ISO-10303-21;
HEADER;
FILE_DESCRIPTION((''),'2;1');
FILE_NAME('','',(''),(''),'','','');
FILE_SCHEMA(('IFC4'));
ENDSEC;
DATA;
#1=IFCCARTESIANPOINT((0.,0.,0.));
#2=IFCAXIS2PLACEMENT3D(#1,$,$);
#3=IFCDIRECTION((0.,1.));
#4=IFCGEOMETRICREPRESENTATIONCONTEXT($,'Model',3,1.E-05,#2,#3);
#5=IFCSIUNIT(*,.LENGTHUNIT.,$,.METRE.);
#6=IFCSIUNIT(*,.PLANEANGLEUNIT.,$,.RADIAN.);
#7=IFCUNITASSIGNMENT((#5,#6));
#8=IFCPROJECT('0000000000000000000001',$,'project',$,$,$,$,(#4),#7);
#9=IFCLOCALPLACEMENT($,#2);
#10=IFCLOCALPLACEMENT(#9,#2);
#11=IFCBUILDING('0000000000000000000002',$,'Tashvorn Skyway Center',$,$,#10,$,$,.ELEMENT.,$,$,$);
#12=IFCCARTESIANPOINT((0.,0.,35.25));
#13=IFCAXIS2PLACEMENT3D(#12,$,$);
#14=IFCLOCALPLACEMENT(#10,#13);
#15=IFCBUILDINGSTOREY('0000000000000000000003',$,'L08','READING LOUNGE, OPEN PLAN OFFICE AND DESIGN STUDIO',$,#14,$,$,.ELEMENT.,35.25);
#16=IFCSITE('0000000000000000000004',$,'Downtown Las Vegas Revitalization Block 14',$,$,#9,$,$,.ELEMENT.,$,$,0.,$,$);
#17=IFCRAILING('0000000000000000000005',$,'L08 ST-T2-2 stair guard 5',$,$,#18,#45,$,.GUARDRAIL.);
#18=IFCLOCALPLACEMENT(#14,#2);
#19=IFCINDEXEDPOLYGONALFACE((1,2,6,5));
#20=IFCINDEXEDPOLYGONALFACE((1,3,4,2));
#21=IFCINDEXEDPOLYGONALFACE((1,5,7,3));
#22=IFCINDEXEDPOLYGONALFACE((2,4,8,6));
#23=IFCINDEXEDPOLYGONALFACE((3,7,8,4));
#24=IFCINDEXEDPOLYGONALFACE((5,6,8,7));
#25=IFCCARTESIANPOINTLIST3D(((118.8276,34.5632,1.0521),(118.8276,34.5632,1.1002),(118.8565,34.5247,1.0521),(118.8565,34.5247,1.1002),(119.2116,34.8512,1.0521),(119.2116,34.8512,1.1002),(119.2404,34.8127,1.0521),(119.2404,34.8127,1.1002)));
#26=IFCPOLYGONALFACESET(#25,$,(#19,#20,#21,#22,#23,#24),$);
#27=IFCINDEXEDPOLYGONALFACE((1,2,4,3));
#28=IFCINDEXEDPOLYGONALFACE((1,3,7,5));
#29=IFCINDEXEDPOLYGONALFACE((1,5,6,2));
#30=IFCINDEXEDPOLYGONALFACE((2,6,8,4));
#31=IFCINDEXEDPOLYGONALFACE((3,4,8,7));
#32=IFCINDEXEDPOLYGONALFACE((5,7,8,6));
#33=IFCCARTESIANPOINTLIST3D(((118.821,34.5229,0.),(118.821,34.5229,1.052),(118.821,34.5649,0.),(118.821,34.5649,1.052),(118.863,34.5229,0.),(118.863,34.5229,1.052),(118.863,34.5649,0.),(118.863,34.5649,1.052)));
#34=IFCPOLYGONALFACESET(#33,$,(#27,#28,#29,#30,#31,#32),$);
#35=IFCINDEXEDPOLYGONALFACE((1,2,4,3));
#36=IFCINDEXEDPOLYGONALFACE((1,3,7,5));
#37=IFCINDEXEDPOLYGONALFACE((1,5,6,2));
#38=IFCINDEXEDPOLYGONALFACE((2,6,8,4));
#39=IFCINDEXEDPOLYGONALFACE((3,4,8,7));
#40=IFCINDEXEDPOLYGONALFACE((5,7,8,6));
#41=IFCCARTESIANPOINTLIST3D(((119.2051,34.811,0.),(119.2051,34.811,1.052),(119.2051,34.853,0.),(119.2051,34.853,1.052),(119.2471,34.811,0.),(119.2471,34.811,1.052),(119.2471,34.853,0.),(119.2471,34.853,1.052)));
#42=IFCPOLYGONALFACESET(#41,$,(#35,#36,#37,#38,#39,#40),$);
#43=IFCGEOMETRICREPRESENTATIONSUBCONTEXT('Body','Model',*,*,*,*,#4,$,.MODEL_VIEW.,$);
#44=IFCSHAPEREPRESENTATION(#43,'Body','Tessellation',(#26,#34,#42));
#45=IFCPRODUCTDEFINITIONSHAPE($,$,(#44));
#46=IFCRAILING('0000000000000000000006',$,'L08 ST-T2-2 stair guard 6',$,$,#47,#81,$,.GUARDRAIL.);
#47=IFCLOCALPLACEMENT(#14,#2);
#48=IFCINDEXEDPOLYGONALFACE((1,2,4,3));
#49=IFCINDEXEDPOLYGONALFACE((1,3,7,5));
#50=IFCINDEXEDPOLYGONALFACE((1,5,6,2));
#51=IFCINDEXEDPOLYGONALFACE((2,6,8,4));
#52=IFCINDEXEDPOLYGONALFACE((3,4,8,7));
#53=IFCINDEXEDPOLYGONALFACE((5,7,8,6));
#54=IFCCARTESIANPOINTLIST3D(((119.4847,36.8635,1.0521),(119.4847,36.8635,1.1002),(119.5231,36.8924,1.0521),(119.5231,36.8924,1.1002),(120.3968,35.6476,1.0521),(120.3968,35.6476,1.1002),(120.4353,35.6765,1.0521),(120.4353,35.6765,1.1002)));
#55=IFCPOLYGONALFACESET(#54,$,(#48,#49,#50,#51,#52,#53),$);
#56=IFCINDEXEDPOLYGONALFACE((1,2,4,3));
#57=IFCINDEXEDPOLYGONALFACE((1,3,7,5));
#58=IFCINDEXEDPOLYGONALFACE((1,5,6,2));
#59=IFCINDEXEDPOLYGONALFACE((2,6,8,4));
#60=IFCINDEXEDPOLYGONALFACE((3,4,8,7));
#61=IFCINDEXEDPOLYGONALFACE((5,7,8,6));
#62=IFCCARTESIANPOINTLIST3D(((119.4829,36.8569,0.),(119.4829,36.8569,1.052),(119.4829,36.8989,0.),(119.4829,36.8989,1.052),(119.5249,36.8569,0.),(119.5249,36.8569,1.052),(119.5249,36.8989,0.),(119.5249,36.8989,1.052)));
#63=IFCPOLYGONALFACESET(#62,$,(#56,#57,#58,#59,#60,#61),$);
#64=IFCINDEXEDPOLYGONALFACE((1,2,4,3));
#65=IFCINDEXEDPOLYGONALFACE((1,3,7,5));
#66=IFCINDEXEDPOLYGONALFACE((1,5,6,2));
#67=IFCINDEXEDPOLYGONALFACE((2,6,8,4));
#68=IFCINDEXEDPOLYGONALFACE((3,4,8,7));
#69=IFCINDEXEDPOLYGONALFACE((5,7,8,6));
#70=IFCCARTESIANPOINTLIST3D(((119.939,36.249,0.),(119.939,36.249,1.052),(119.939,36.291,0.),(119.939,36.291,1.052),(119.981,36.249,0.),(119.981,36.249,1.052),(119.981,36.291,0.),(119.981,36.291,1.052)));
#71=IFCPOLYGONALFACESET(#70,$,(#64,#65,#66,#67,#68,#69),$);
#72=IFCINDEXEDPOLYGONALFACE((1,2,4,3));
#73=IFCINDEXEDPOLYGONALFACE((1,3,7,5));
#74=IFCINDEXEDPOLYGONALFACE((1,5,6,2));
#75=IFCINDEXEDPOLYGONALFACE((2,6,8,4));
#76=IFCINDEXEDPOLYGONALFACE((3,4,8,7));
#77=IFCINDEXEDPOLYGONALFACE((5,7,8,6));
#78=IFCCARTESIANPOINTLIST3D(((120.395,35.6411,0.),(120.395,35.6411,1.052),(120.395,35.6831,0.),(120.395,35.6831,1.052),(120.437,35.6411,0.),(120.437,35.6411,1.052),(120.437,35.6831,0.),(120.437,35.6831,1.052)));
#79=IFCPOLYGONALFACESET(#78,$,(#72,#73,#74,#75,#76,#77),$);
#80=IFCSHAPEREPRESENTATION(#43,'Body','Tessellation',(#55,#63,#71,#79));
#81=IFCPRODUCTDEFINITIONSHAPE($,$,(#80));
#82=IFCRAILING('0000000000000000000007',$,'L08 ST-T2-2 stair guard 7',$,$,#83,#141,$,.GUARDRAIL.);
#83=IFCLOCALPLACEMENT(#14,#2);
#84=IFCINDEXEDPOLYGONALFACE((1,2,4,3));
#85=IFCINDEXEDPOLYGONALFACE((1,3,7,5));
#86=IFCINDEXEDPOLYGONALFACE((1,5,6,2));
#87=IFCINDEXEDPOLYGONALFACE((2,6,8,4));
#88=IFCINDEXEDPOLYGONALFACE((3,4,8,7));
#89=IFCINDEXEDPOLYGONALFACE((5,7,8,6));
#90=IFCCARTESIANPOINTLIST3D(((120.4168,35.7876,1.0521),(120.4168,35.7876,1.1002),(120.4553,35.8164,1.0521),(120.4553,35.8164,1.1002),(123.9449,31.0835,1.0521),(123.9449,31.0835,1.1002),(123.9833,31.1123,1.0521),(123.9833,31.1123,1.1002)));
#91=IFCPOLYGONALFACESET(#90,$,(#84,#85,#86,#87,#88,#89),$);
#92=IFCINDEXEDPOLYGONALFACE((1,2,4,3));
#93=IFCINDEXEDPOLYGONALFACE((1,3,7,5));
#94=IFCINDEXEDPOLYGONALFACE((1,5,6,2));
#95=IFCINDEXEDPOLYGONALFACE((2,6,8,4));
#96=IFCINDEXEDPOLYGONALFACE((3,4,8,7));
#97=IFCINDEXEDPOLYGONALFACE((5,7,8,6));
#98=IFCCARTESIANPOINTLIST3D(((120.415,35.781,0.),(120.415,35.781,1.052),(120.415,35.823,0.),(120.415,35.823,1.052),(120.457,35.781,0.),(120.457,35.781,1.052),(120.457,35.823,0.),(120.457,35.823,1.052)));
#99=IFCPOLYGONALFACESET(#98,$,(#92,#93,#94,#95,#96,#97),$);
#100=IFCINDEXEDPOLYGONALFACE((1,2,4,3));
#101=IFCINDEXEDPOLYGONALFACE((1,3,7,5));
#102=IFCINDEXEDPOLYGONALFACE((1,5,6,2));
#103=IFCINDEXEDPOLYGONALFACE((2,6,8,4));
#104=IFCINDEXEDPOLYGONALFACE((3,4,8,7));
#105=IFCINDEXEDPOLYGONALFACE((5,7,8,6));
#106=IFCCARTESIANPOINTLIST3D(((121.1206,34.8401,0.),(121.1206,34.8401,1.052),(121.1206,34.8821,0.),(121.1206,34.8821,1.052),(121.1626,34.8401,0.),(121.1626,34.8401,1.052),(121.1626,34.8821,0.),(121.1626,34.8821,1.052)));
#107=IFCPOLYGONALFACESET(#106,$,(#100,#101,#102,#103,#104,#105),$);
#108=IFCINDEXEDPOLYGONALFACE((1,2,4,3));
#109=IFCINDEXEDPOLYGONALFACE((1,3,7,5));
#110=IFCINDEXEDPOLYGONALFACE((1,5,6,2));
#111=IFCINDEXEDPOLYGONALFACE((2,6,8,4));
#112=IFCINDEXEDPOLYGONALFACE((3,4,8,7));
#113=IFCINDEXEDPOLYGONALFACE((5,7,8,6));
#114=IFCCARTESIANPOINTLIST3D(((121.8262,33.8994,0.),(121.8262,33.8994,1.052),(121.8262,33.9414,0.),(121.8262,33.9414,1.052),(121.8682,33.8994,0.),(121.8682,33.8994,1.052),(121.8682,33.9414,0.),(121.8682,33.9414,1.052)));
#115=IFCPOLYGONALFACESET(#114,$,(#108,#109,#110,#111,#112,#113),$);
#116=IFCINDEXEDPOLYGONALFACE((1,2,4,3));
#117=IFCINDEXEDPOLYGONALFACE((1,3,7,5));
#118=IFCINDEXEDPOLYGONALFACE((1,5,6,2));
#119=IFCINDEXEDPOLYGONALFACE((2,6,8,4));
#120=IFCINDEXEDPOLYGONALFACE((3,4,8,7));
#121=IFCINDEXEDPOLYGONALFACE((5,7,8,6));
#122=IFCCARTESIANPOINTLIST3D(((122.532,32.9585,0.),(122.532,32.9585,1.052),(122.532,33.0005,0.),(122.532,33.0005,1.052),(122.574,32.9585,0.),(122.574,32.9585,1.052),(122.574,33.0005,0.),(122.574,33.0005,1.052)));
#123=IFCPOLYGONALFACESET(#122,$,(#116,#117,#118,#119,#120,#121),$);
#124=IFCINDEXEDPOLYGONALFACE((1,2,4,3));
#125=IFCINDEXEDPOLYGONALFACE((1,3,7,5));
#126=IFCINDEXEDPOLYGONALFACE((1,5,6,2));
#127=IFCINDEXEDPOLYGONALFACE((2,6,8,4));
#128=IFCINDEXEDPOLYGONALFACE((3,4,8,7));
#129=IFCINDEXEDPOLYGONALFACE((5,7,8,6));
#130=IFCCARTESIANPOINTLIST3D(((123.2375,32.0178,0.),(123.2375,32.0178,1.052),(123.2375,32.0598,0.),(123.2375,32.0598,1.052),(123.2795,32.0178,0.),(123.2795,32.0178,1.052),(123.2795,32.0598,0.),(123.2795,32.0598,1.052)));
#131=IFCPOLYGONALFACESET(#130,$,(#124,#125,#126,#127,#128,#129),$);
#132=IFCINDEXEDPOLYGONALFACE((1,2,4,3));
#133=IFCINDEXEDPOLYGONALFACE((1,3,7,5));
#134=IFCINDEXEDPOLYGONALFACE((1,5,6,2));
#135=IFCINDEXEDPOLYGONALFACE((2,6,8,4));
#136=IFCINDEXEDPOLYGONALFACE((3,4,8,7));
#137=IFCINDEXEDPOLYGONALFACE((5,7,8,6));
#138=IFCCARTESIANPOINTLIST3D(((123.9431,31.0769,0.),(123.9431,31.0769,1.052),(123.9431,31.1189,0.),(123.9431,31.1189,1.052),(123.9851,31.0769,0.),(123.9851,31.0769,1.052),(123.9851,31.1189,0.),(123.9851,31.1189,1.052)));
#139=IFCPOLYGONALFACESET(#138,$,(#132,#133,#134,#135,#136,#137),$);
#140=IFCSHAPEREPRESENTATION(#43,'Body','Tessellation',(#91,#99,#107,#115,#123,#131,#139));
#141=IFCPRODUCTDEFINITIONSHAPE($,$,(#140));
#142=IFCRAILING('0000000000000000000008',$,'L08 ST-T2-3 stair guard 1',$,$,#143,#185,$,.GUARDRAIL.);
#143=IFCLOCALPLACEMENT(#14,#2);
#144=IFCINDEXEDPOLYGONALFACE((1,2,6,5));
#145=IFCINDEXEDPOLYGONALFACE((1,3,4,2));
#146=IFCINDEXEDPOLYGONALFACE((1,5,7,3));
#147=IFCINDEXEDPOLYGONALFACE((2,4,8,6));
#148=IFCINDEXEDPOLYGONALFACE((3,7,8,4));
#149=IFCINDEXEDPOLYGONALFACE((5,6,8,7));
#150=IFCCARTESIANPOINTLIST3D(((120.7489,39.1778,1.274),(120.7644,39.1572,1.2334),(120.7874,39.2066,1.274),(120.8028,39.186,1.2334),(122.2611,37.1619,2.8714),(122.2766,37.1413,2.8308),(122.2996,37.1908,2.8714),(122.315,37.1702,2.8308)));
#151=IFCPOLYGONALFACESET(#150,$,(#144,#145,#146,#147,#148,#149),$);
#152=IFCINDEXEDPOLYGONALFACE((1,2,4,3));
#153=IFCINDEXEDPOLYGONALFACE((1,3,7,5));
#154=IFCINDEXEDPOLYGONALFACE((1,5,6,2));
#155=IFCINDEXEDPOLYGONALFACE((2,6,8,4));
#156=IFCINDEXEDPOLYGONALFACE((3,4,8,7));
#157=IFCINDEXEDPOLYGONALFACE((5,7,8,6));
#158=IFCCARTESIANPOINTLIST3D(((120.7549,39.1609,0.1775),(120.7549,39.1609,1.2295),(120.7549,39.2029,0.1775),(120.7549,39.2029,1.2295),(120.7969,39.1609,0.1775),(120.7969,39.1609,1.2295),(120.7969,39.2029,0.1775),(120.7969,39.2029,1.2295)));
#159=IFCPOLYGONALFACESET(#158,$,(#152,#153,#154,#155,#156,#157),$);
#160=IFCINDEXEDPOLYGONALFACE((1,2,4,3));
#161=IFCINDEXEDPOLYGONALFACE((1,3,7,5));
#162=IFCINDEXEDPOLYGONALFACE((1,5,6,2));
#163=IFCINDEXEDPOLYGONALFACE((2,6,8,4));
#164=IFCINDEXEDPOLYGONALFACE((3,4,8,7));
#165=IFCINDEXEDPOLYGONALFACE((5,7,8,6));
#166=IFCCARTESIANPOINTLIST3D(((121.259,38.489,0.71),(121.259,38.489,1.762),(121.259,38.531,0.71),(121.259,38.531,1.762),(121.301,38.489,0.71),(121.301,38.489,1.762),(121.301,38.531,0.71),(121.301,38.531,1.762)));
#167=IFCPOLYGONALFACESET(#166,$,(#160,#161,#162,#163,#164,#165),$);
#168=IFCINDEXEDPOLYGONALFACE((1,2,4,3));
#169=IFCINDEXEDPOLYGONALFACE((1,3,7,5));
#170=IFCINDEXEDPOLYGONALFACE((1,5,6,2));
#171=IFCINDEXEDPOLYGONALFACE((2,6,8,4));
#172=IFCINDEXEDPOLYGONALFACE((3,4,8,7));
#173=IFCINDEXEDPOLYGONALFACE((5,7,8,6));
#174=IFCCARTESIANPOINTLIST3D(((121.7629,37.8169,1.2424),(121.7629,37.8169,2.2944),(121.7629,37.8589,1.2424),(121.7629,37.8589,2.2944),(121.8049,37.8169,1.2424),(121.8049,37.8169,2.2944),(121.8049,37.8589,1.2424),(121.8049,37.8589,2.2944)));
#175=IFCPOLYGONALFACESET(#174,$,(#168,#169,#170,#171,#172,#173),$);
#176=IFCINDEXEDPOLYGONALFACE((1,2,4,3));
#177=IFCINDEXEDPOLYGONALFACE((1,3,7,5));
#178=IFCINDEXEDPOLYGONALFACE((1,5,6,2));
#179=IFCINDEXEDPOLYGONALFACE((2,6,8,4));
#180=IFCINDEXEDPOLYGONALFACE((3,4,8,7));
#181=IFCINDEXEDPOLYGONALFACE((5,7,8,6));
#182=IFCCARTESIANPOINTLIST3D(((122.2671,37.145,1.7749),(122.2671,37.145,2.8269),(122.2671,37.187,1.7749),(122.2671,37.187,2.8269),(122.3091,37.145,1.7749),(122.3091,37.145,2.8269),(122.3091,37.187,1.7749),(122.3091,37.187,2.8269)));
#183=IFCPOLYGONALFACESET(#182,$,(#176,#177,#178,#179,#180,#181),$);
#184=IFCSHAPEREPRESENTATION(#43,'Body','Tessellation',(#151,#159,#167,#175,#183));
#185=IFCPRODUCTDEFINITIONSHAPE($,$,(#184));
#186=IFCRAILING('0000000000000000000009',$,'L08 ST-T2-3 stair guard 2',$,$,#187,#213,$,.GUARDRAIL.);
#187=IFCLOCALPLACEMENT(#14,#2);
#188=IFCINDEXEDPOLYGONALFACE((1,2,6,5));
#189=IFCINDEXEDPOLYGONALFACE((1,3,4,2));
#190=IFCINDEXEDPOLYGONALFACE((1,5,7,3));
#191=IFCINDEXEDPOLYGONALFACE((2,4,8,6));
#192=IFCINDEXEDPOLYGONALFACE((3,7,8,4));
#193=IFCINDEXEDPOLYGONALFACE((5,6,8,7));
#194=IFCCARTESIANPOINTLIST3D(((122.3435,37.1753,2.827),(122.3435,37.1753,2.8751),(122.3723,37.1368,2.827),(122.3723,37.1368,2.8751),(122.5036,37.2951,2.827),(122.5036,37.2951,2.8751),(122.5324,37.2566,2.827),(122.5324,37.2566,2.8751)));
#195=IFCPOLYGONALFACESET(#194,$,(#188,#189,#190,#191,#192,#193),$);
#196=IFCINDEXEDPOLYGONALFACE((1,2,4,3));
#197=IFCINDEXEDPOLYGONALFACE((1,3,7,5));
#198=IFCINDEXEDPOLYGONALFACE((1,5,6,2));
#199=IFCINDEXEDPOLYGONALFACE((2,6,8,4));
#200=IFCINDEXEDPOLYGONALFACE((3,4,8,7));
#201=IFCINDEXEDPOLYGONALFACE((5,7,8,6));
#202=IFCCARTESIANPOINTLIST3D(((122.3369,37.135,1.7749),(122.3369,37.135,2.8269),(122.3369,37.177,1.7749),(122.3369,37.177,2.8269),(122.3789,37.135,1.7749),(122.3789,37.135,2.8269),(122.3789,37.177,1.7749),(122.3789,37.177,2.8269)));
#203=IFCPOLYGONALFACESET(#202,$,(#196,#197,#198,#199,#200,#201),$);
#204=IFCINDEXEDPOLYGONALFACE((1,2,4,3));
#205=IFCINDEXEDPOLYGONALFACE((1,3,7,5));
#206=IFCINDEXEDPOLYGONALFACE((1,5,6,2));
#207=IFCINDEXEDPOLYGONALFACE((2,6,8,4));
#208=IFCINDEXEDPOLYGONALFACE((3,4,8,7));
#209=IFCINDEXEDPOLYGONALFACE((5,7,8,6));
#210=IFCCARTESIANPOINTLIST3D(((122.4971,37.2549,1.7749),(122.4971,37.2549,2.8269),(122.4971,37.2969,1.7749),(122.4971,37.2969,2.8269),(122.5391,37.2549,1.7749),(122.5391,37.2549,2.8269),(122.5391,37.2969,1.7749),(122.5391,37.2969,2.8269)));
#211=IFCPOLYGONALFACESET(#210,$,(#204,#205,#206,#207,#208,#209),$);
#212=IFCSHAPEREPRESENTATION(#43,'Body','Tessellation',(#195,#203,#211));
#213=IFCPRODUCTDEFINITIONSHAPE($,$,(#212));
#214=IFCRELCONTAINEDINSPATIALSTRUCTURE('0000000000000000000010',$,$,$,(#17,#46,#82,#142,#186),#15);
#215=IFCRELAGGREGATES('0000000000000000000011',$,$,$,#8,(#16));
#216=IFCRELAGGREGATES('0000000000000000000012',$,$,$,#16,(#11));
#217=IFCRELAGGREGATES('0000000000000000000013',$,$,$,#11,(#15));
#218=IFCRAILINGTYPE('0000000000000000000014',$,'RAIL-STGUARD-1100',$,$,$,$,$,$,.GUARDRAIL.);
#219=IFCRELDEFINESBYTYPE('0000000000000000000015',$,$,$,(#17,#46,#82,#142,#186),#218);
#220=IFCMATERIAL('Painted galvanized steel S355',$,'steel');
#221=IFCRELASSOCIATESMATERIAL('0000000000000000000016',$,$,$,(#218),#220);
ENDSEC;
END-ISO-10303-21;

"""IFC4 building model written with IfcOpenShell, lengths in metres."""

from ifc_helpers import new_model, si_unit, direction, frame, origin, origin_2d, place, context, subcontext, project, spatial, rectangle, extrude, material, type_object, element, save


model = new_model("IFC4")

# Units and contexts
model_context = context("Model", 3, precision=1e-05, world=origin(), true_north=direction((0.0, 1.0)))
body_context = subcontext(model_context, "Body", "Model", "MODEL_VIEW")
ifc_project = project(units=[si_unit("LENGTHUNIT", "METRE"), si_unit("PLANEANGLEUNIT", "RADIAN")], contexts=[model_context])

# Site, building, storey
site_placement = place(None, origin())
site = spatial("IfcSite", under=ifc_project, at=site_placement, Name="Downtown Las Vegas Revitalization Block 14", CompositionType="ELEMENT", RefElevation=0.0)
building_placement = place(site_placement, origin())
building = spatial("IfcBuilding", under=site, at=building_placement, Name="Tashvorn Skyway Center", CompositionType="ELEMENT")
storey_placement = place(building_placement, frame((0.0, 0.0, 35.25)))
storey = spatial("IfcBuildingStorey", under=building, at=storey_placement, Name="L08", Description="READING LOUNGE, OPEN PLAN OFFICE AND DESIGN STUDIO", CompositionType="ELEMENT", Elevation=35.25)

# Railings
ifc_material_1 = material(Name="Painted galvanized steel S355", Category="steel")
railing_type_1 = type_object("IfcRailingType", Name="RAIL-STGUARD-1100", PredefinedType="GUARDRAIL", material=ifc_material_1)
railing_1_placement = place(storey_placement, frame((118.842, 34.5439, 0.0)))
element("IfcRailing", 1, at=railing_1_placement, inside=storey, type_object=railing_type_1, Name="L08 ST-T2-2 stair guard 5", PredefinedType="GUARDRAIL", context=body_context, shape_type="SweptSolid", body=[
    extrude(rectangle(XDim=0.0481, YDim=0.0481, at=origin_2d()), frame((0.0, 0.0, 1.0762), z_axis=(0.799939, 0.600081, 0.0), x_axis=(-0.600081, 0.799939, 0.0)), (0.0, 0.0, 1.0), 0.48),
    extrude(rectangle(XDim=0.042, YDim=0.042, at=origin_2d()), origin(), (0.0, 0.0, 1.0), 1.052),
    extrude(rectangle(XDim=0.042, YDim=0.042, at=origin_2d()), frame((0.384, 0.2881, 0.0)), (0.0, 0.0, 1.0), 1.052),
])
railing_2_placement = place(storey_placement, frame((119.5039, 36.8779, 0.0)))
element("IfcRailing", 2, at=railing_2_placement, inside=storey, type_object=railing_type_1, Name="L08 ST-T2-2 stair guard 6", PredefinedType="GUARDRAIL", context=body_context, shape_type="SweptSolid", body=[
    extrude(rectangle(XDim=0.0481, YDim=0.0481, at=origin_2d()), frame((0.0, 0.0, 1.0762), z_axis=(0.600103, -0.799923, 0.0), x_axis=(0.799923, 0.600103, 0.0)), (0.0, 0.0, 1.0), 1.52),
    extrude(rectangle(XDim=0.042, YDim=0.042, at=origin_2d()), origin(), (0.0, 0.0, 1.0), 1.052),
    extrude(rectangle(XDim=0.042, YDim=0.042, at=origin_2d()), frame((0.4561, -0.6079, 0.0)), (0.0, 0.0, 1.0), 1.052),
    extrude(rectangle(XDim=0.042, YDim=0.042, at=origin_2d()), frame((0.9121, -1.2158, 0.0)), (0.0, 0.0, 1.0), 1.052),
])
railing_3_placement = place(storey_placement, frame((120.436, 35.802, 0.0)))
element("IfcRailing", 3, at=railing_3_placement, inside=storey, type_object=railing_type_1, Name="L08 ST-T2-2 stair guard 7", PredefinedType="GUARDRAIL", context=body_context, shape_type="SweptSolid", body=[
    extrude(rectangle(XDim=0.0481, YDim=0.0481, at=origin_2d()), frame((0.0, 0.0, 1.0762), z_axis=(0.6, -0.8, 0.0), x_axis=(0.8, 0.6, 0.0)), (0.0, 0.0, 1.0), 5.8801),
    extrude(rectangle(XDim=0.042, YDim=0.042, at=origin_2d()), origin(), (0.0, 0.0, 1.0), 1.052),
    extrude(rectangle(XDim=0.042, YDim=0.042, at=origin_2d()), frame((0.7056, -0.9409, 0.0)), (0.0, 0.0, 1.0), 1.052),
    extrude(rectangle(XDim=0.042, YDim=0.042, at=origin_2d()), frame((1.4111, -1.8816, 0.0)), (0.0, 0.0, 1.0), 1.052),
    extrude(rectangle(XDim=0.042, YDim=0.042, at=origin_2d()), frame((2.1169, -2.8225, 0.0)), (0.0, 0.0, 1.0), 1.052),
    extrude(rectangle(XDim=0.042, YDim=0.042, at=origin_2d()), frame((2.8225, -3.7632, 0.0)), (0.0, 0.0, 1.0), 1.052),
    extrude(rectangle(XDim=0.042, YDim=0.042, at=origin_2d()), frame((3.5281, -4.7041, 0.0)), (0.0, 0.0, 1.0), 1.052),
])
railing_4_placement = place(storey_placement, frame((120.7759, 39.1819, 0.1775)))
element("IfcRailing", 4, at=railing_4_placement, inside=storey, type_object=railing_type_1, Name="L08 ST-T2-3 stair guard 1", PredefinedType="GUARDRAIL", context=body_context, shape_type="SweptSolid", body=[
    extrude(rectangle(XDim=0.0481, YDim=0.0481, at=origin_2d()), frame((0.0, 0.0, 1.0762), z_axis=(0.50683, -0.675636, 0.535387), x_axis=(0.799942, 0.600078, 0.0)), (0.0, 0.0, 1.0), 2.9836),
    extrude(rectangle(XDim=0.042, YDim=0.042, at=origin_2d()), origin(), (0.0, 0.0, 1.0), 1.052),
    extrude(rectangle(XDim=0.042, YDim=0.042, at=origin_2d()), frame((0.5042, -0.6719, 0.5325)), (0.0, 0.0, 1.0), 1.052),
    extrude(rectangle(XDim=0.042, YDim=0.042, at=origin_2d()), frame((1.0081, -1.344, 1.0649)), (0.0, 0.0, 1.0), 1.052),
    extrude(rectangle(XDim=0.042, YDim=0.042, at=origin_2d()), frame((1.5122, -2.0159, 1.5974)), (0.0, 0.0, 1.0), 1.052),
])
railing_5_placement = place(storey_placement, frame((122.3579, 37.156, 1.7749)))
element("IfcRailing", 5, at=railing_5_placement, inside=storey, type_object=railing_type_1, Name="L08 ST-T2-3 stair guard 2", PredefinedType="GUARDRAIL", context=body_context, shape_type="SweptSolid", body=[
    extrude(rectangle(XDim=0.0481, YDim=0.0481, at=origin_2d()), frame((0.0, 0.0, 1.0762), z_axis=(0.800585, 0.599219, 0.0), x_axis=(-0.599219, 0.800585, 0.0)), (0.0, 0.0, 1.0), 0.2),
    extrude(rectangle(XDim=0.042, YDim=0.042, at=origin_2d()), origin(), (0.0, 0.0, 1.0), 1.052),
    extrude(rectangle(XDim=0.042, YDim=0.042, at=origin_2d()), frame((0.1602, 0.1199, 0.0)), (0.0, 0.0, 1.0), 1.052),
])

save(model, "model.ifc")
